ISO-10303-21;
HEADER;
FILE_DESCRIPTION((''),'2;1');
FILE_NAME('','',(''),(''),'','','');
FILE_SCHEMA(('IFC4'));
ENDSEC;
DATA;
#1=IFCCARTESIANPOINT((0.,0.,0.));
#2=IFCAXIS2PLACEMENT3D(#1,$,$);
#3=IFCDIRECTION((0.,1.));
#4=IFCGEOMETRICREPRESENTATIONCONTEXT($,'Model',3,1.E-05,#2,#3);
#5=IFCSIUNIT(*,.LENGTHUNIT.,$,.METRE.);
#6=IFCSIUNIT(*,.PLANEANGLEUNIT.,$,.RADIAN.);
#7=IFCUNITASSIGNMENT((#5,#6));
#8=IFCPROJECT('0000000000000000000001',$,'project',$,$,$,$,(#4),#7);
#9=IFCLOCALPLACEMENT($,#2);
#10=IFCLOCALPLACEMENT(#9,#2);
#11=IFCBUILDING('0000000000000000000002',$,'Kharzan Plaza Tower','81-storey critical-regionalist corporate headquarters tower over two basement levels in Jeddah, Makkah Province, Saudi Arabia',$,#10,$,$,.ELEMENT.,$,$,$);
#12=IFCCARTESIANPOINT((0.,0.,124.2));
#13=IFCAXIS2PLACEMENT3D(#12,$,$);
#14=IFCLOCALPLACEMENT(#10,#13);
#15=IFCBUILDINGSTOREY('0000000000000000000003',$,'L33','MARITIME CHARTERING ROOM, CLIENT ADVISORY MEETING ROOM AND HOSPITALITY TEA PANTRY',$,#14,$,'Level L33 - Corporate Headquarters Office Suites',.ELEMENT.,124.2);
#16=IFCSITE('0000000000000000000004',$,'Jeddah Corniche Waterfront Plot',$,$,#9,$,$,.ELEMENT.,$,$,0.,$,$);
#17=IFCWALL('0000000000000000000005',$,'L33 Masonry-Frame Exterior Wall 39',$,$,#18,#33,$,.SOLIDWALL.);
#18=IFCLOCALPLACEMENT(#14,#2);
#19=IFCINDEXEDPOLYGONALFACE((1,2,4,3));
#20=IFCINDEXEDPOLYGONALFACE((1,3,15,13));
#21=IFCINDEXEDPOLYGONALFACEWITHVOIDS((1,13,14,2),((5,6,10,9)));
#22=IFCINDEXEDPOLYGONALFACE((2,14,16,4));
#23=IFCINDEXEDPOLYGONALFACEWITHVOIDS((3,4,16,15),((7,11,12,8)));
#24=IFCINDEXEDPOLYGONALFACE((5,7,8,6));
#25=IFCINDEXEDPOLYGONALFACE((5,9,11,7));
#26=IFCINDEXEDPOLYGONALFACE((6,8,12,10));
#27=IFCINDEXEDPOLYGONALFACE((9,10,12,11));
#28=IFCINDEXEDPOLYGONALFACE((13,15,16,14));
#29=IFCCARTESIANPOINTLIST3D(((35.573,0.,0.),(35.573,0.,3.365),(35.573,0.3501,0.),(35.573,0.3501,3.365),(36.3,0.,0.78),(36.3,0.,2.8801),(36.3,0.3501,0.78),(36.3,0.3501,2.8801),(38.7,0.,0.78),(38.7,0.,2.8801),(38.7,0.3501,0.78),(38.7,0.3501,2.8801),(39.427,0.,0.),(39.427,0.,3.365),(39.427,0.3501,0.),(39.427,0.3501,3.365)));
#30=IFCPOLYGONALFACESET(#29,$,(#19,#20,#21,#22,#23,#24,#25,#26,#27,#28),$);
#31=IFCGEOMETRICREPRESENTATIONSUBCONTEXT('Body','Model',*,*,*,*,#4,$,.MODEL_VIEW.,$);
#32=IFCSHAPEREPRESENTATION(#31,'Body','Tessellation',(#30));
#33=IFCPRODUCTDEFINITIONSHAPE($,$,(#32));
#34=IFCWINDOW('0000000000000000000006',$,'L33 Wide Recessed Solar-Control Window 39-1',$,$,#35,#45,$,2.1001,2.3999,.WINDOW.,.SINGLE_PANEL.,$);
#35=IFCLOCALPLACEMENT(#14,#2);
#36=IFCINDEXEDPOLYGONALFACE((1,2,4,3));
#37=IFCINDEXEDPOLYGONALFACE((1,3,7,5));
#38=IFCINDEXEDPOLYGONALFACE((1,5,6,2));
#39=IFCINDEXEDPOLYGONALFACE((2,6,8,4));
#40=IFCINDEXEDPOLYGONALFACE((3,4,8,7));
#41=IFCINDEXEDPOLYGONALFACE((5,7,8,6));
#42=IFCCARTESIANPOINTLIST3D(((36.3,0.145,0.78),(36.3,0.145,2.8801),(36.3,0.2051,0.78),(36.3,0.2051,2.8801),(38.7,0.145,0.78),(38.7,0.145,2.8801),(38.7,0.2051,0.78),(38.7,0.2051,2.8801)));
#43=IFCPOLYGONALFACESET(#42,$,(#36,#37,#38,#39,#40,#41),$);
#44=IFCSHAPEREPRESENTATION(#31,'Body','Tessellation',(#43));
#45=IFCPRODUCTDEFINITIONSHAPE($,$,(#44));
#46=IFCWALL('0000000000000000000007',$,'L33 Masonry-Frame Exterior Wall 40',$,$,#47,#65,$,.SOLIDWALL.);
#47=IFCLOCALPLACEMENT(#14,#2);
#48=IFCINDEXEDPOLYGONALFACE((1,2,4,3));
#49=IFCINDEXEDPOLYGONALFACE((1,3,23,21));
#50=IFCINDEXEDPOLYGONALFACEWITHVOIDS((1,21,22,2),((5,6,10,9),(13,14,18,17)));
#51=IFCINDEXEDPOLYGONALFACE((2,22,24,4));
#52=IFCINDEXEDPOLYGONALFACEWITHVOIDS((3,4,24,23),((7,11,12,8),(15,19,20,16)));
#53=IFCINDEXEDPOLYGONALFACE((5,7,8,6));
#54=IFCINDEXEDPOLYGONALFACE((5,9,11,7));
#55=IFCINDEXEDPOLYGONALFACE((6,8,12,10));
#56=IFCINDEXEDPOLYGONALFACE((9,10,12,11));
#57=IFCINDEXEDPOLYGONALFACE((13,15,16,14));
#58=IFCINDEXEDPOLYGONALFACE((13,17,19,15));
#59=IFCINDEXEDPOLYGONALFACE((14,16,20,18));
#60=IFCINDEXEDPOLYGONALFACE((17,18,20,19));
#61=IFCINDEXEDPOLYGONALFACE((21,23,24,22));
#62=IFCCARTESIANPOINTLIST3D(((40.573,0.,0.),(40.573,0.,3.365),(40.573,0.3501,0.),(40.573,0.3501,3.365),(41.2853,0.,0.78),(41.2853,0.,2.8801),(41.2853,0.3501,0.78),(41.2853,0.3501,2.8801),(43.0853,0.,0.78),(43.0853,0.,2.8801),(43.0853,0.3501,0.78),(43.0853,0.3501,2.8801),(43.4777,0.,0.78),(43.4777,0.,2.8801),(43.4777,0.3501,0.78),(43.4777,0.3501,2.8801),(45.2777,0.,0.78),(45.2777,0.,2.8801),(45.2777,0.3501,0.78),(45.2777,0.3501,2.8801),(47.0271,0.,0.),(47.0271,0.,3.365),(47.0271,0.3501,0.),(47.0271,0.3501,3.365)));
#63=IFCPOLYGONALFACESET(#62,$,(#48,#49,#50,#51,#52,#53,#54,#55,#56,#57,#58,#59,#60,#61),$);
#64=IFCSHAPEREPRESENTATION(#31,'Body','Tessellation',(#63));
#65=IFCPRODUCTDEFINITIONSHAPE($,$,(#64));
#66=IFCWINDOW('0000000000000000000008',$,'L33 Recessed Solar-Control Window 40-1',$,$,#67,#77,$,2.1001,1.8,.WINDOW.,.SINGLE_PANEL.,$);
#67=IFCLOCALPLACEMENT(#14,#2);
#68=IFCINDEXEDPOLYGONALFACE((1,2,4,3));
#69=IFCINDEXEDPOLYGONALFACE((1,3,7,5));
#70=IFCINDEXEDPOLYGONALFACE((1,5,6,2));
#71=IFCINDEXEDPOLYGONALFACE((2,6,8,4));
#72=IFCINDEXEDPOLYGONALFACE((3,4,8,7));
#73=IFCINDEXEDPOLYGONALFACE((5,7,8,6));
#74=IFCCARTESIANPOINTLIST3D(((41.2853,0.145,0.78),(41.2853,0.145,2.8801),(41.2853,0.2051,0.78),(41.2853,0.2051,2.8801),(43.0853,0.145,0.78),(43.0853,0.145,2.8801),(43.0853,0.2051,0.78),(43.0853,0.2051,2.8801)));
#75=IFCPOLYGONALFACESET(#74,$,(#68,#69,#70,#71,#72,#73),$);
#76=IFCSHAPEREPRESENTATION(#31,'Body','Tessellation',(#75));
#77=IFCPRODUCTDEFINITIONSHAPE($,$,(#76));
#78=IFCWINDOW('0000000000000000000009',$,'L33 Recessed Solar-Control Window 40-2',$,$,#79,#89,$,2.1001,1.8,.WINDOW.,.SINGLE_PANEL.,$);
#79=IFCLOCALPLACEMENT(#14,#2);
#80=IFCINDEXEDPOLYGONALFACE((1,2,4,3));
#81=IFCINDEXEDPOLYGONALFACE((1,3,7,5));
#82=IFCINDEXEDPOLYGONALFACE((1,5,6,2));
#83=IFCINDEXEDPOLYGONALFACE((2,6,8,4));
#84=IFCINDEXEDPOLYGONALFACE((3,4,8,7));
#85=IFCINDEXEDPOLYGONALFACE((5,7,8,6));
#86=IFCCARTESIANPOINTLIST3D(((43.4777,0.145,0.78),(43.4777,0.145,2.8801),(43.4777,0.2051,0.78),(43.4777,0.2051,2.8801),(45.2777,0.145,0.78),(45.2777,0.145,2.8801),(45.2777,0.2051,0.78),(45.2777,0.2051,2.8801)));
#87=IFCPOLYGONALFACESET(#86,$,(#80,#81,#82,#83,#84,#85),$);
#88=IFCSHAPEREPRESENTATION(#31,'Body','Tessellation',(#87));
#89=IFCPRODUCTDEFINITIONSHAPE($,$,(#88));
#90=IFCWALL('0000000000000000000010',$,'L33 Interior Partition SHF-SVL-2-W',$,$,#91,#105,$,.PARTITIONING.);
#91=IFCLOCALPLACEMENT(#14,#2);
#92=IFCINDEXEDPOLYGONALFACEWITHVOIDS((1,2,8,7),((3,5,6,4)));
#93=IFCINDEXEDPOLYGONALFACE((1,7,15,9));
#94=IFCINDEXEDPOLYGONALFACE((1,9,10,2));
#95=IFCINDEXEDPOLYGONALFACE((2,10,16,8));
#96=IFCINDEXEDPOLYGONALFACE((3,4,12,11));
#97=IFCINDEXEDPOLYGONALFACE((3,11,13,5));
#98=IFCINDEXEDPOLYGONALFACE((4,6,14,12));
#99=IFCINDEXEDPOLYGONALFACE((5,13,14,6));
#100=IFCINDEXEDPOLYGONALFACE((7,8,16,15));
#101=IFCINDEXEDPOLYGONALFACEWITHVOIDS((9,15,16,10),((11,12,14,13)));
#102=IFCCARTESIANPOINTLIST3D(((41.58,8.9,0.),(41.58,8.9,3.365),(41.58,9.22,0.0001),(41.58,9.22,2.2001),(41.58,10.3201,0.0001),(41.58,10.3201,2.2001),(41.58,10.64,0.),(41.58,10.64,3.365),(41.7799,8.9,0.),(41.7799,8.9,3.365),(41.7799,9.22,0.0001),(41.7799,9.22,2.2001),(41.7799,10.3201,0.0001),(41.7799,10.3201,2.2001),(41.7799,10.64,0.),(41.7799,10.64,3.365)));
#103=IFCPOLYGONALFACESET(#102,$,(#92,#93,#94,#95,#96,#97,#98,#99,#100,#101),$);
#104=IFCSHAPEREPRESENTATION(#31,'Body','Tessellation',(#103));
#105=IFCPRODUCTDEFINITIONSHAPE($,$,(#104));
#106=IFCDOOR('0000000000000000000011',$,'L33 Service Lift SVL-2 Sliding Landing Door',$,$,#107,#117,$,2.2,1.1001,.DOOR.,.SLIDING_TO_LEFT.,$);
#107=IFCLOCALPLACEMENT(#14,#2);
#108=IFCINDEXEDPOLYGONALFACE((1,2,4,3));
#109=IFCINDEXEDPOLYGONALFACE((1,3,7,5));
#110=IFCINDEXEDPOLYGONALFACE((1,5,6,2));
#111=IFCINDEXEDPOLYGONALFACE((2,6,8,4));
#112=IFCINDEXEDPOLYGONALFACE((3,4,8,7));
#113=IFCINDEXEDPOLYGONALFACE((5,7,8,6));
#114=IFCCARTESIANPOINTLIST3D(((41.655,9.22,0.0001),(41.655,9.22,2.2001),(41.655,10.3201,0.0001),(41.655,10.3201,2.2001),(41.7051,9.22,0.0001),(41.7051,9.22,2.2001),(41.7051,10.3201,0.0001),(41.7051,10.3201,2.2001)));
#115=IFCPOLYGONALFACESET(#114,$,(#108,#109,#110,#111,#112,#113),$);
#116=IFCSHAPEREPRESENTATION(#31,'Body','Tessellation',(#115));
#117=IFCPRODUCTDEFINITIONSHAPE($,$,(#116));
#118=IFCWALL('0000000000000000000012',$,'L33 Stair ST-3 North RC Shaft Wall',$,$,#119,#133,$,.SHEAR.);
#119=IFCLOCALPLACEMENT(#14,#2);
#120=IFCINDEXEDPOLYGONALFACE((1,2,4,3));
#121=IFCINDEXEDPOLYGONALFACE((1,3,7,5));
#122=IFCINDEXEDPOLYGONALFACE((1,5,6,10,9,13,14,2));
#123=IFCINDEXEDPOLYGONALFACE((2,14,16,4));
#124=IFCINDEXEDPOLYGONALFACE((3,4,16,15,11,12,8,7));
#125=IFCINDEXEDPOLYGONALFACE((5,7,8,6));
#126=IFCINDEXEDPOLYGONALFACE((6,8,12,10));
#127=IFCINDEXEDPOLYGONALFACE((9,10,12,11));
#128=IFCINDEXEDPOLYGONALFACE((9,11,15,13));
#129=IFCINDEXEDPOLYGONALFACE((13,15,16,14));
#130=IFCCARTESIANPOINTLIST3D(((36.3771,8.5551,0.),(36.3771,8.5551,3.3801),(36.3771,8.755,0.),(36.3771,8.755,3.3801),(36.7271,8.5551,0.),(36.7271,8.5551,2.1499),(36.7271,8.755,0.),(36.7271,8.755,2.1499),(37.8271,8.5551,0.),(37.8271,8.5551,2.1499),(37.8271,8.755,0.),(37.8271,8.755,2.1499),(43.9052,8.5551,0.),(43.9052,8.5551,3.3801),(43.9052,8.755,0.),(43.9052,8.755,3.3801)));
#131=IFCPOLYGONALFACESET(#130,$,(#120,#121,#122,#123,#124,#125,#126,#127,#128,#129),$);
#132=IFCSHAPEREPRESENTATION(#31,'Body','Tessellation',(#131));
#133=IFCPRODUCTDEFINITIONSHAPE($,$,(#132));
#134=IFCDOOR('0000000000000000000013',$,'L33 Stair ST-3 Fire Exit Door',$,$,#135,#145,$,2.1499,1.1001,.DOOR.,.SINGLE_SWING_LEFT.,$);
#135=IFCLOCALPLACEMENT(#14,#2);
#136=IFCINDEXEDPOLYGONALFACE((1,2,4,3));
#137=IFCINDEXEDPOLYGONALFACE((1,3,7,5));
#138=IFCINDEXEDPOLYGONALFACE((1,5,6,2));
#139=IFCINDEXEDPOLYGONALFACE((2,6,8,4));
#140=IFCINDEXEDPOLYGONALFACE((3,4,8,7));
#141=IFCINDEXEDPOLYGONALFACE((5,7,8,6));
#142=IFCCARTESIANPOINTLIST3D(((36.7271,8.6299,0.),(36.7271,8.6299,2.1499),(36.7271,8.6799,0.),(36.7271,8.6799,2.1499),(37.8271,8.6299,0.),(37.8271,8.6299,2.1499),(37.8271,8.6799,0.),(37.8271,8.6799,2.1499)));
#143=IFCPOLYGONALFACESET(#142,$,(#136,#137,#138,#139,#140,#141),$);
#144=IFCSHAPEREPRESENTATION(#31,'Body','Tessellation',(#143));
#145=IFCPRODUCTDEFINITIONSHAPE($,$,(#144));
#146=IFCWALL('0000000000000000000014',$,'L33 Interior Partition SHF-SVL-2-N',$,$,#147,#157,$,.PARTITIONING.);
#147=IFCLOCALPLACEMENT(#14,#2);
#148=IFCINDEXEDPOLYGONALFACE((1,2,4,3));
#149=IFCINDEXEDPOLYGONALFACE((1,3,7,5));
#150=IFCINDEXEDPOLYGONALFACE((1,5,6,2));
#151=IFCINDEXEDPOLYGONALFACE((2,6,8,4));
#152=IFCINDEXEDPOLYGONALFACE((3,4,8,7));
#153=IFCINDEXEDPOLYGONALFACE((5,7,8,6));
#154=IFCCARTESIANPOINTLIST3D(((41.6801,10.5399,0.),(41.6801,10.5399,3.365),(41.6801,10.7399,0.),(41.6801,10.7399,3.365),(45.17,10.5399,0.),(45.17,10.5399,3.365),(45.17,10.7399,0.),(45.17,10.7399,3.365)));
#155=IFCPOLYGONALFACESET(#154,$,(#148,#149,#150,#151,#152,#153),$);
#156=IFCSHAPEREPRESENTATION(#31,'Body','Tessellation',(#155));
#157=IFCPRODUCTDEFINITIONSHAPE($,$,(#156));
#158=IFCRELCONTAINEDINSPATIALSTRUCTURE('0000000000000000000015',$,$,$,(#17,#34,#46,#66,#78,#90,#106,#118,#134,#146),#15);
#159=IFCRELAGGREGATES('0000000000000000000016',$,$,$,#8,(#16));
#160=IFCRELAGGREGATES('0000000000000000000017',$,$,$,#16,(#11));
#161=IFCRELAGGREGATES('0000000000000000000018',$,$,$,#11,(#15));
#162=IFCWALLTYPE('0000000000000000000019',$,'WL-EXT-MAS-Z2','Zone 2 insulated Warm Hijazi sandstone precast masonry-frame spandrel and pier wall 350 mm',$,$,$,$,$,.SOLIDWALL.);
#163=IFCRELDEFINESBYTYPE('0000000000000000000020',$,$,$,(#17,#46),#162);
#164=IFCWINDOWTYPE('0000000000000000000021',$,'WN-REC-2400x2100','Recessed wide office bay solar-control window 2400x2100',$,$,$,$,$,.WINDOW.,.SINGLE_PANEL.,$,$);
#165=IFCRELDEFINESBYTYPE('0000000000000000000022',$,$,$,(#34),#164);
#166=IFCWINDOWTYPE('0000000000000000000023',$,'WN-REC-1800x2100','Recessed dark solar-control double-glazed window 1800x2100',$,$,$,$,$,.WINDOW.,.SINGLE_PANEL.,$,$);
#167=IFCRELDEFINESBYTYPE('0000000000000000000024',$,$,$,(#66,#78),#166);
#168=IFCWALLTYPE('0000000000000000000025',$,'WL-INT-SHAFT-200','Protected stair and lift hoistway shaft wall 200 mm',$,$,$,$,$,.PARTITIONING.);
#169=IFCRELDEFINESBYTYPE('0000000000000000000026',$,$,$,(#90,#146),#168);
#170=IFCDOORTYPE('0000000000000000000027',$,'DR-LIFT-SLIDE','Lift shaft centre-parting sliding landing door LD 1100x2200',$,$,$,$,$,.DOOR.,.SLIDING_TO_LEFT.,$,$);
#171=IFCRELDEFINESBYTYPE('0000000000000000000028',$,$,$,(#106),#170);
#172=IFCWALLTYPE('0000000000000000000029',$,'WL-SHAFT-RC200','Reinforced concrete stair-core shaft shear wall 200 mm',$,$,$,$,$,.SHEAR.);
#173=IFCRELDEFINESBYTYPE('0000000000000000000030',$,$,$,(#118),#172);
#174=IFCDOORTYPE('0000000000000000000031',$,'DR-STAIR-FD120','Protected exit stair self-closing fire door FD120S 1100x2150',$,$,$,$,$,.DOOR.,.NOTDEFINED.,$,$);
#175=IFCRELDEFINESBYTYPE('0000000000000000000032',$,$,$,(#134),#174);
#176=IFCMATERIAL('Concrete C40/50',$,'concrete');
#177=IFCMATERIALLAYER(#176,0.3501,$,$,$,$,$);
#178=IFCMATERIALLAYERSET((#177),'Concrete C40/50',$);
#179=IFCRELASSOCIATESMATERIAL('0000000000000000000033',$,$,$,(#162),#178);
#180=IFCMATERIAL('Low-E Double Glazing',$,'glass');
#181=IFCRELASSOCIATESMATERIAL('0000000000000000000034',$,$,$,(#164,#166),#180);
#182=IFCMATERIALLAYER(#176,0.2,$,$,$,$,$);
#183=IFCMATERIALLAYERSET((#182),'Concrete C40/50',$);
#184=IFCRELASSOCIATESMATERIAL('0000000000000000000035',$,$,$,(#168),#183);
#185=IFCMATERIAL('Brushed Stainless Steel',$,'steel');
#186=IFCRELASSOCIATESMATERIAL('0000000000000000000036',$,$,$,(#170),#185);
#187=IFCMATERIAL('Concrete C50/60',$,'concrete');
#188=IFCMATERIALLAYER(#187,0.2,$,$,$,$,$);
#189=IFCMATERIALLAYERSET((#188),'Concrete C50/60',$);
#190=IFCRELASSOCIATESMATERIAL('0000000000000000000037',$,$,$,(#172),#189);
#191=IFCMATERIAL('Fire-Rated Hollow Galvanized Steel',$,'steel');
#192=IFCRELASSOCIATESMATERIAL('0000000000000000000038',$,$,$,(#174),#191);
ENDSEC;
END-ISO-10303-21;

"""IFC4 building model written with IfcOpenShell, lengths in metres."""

from ifc_helpers import new_model, si_unit, direction, frame, frame_2d, origin, place, context, subcontext, project, spatial, rectangle, extrude, source, transform, mapped, material, layer, layer_set, type_object, element, fill, save


model = new_model("IFC4")

# Units and contexts
model_context = context("Model", 3, precision=1e-05, world=origin(), true_north=direction((0.0, 1.0)))
body_context = subcontext(model_context, "Body", "Model", "MODEL_VIEW")
ifc_project = project(units=[si_unit("LENGTHUNIT", "METRE"), si_unit("PLANEANGLEUNIT", "RADIAN")], contexts=[model_context])

# Site, building, storey
site_placement = place(None, origin())
site = spatial("IfcSite", under=ifc_project, at=site_placement, Name="Jeddah Corniche Waterfront Plot", CompositionType="ELEMENT", RefElevation=0.0)
building_placement = place(site_placement, origin())
building = spatial("IfcBuilding", under=site, at=building_placement, Name="Kharzan Plaza Tower", Description="81-storey critical-regionalist corporate headquarters tower over two basement levels in Jeddah, Makkah Province, Saudi Arabia", CompositionType="ELEMENT")
storey_placement = place(building_placement, frame((0.0, 0.0, 124.2)))
storey = spatial("IfcBuildingStorey", under=building, at=storey_placement, Name="L33", Description="MARITIME CHARTERING ROOM, CLIENT ADVISORY MEETING ROOM AND HOSPITALITY TEA PANTRY", LongName="Level L33 - Corporate Headquarters Office Suites", CompositionType="ELEMENT", Elevation=124.2)

# Wall, opening, window
ifc_material_1 = material(Name="Concrete C40/50", Category="concrete")
ifc_layer_1 = layer(ifc_material_1, 0.3501)
ifc_layer_set_1 = layer_set([ifc_layer_1], Name="Concrete C40/50")
wall_type_1 = type_object("IfcWallType", Name="WL-EXT-MAS-Z2", Description="Zone 2 insulated Warm Hijazi sandstone precast masonry-frame spandrel and pier wall 350 mm", PredefinedType="SOLIDWALL", material=ifc_layer_set_1)
wall_1_placement = place(storey_placement, frame((35.573, 0.175, 0.0), z_axis=(0.0, 0.0, 1.0), x_axis=(1.0, 0.0, 0.0)))
wall_1 = element("IfcWall", 1, at=wall_1_placement, inside=storey, type_object=wall_type_1, Name="L33 Masonry-Frame Exterior Wall 39", PredefinedType="SOLIDWALL", context=body_context, shape_type="SweptSolid", body=[
    extrude(rectangle(XDim=3.854, YDim=0.3501, at=frame_2d((1.927, 0.0))), origin(), (0.0, 0.0, 1.0), 3.365),
])
opening_1_placement = place(wall_1_placement, frame((0.7271, 0.0, 0.78)))
opening_1 = element("IfcOpeningElement", 2, at=opening_1_placement, cuts=wall_1, PredefinedType="OPENING", context=body_context, shape_type="SweptSolid", body=[
    extrude(rectangle(XDim=2.3999, YDim=2.1001, at=frame_2d((1.2, 1.05))), frame((0.0, 0.1851, 0.0), z_axis=(0.0, -1.0, 0.0), x_axis=(1.0, 0.0, 0.0)), (0.0, 0.0, 1.0), 0.3701),
])
ifc_material_2 = material(Name="Low-E Double Glazing", Category="glass")
window_type_1 = type_object("IfcWindowType", Name="WN-REC-2400x2100", Description="Recessed wide office bay solar-control window 2400x2100", PartitioningType="SINGLE_PANEL", PredefinedType="WINDOW", material=ifc_material_2)
shared_shape_1 = source(origin(), body_context, "Body", "SweptSolid", [
    extrude(rectangle(XDim=2.3999, YDim=2.1001, at=frame_2d((1.2, 1.05))), frame((0.0, 0.03, 0.0), z_axis=(0.0, -1.0, 0.0), x_axis=(1.0, 0.0, 0.0)), (0.0, 0.0, 1.0), 0.0601),
])
window_1_placement = place(opening_1_placement, origin())
window_1 = element("IfcWindow", 3, at=window_1_placement, inside=storey, type_object=window_type_1, Name="L33 Wide Recessed Solar-Control Window 39-1", OverallHeight=2.1001, OverallWidth=2.3999, PartitioningType="SINGLE_PANEL", PredefinedType="WINDOW", context=body_context, shape_type="MappedRepresentation", body=[
    mapped(shared_shape_1, transform((0.0, 0.0, 0.0), x_axis=(1.0, 0.0, 0.0), y_axis=(0.0, 1.0, 0.0), z_axis=(0.0, 0.0, 1.0))),
])
fill(opening_1, window_1)

# Wall, openings, windows
wall_2_placement = place(storey_placement, frame((40.573, 0.175, 0.0), z_axis=(0.0, 0.0, 1.0), x_axis=(1.0, 0.0, 0.0)))
wall_2 = element("IfcWall", 4, at=wall_2_placement, inside=storey, type_object=wall_type_1, Name="L33 Masonry-Frame Exterior Wall 40", PredefinedType="SOLIDWALL", context=body_context, shape_type="SweptSolid", body=[
    extrude(rectangle(XDim=6.4541, YDim=0.3501, at=frame_2d((3.2271, 0.0))), origin(), (0.0, 0.0, 1.0), 3.365),
])
opening_2_placement = place(wall_2_placement, frame((0.7124, 0.0, 0.78)))
opening_2 = element("IfcOpeningElement", 5, at=opening_2_placement, cuts=wall_2, PredefinedType="OPENING", context=body_context, shape_type="SweptSolid", body=[
    extrude(rectangle(XDim=1.8, YDim=2.1001, at=frame_2d((0.8999, 1.05))), frame((0.0, 0.1851, 0.0), z_axis=(0.0, -1.0, 0.0), x_axis=(1.0, 0.0, 0.0)), (0.0, 0.0, 1.0), 0.3701),
])
opening_3_placement = place(wall_2_placement, frame((2.9048, 0.0, 0.78)))
opening_3 = element("IfcOpeningElement", 6, at=opening_3_placement, cuts=wall_2, PredefinedType="OPENING", context=body_context, shape_type="SweptSolid", body=[
    extrude(rectangle(XDim=1.8, YDim=2.1001, at=frame_2d((0.8999, 1.05))), frame((0.0, 0.1851, 0.0), z_axis=(0.0, -1.0, 0.0), x_axis=(1.0, 0.0, 0.0)), (0.0, 0.0, 1.0), 0.3701),
])
window_type_2 = type_object("IfcWindowType", Name="WN-REC-1800x2100", Description="Recessed dark solar-control double-glazed window 1800x2100", PartitioningType="SINGLE_PANEL", PredefinedType="WINDOW", material=ifc_material_2)
shared_shape_2 = source(origin(), body_context, "Body", "SweptSolid", [
    extrude(rectangle(XDim=1.8, YDim=2.1001, at=frame_2d((0.8999, 1.05))), frame((0.0, 0.03, 0.0), z_axis=(0.0, -1.0, 0.0), x_axis=(1.0, 0.0, 0.0)), (0.0, 0.0, 1.0), 0.0601),
])
window_2_placement = place(opening_2_placement, origin())
window_2 = element("IfcWindow", 7, at=window_2_placement, inside=storey, type_object=window_type_2, Name="L33 Recessed Solar-Control Window 40-1", OverallHeight=2.1001, OverallWidth=1.8, PartitioningType="SINGLE_PANEL", PredefinedType="WINDOW", context=body_context, shape_type="MappedRepresentation", body=[
    mapped(shared_shape_2, transform((0.0, 0.0, 0.0), x_axis=(1.0, 0.0, 0.0), y_axis=(0.0, 1.0, 0.0), z_axis=(0.0, 0.0, 1.0))),
])
fill(opening_2, window_2)
window_3_placement = place(opening_3_placement, origin())
window_3 = element("IfcWindow", 8, at=window_3_placement, inside=storey, type_object=window_type_2, Name="L33 Recessed Solar-Control Window 40-2", OverallHeight=2.1001, OverallWidth=1.8, PartitioningType="SINGLE_PANEL", PredefinedType="WINDOW", context=body_context, shape_type="MappedRepresentation", body=[
    mapped(shared_shape_2, transform((0.0, 0.0, 0.0), x_axis=(1.0, 0.0, 0.0), y_axis=(0.0, 1.0, 0.0), z_axis=(0.0, 0.0, 1.0))),
])
fill(opening_3, window_3)

# Walls, openings, doors
ifc_layer_2 = layer(ifc_material_1, 0.2)
ifc_layer_set_2 = layer_set([ifc_layer_2], Name="Concrete C40/50")
wall_type_2 = type_object("IfcWallType", Name="WL-INT-SHAFT-200", Description="Protected stair and lift hoistway shaft wall 200 mm", PredefinedType="PARTITIONING", material=ifc_layer_set_2)
wall_3_placement = place(storey_placement, frame((41.6799, 8.8999, 0.0), z_axis=(0.0, 0.0, 1.0), x_axis=(0.0, 1.0, 0.0)))
wall_3 = element("IfcWall", 9, at=wall_3_placement, inside=storey, type_object=wall_type_2, Name="L33 Interior Partition SHF-SVL-2-W", PredefinedType="PARTITIONING", context=body_context, shape_type="SweptSolid", body=[
    extrude(rectangle(XDim=1.74, YDim=0.2, at=frame_2d((0.8701, 0.0))), origin(), (0.0, 0.0, 1.0), 3.365),
])
opening_4_placement = place(wall_3_placement, frame((0.3201, 0.0, 0.0)))
opening_4 = element("IfcOpeningElement", 10, at=opening_4_placement, cuts=wall_3, PredefinedType="OPENING", context=body_context, shape_type="SweptSolid", body=[
    extrude(rectangle(XDim=1.1001, YDim=2.2, at=frame_2d((0.55, 1.1001))), frame((0.0, 0.1099, 0.0), z_axis=(0.0, -1.0, 0.0), x_axis=(1.0, 0.0, 0.0)), (0.0, 0.0, 1.0), 0.22),
])
ifc_material_3 = material(Name="Brushed Stainless Steel", Category="steel")
door_type_1 = type_object("IfcDoorType", Name="DR-LIFT-SLIDE", Description="Lift shaft centre-parting sliding landing door LD 1100x2200", OperationType="SLIDING_TO_LEFT", PredefinedType="DOOR", material=ifc_material_3)
shared_shape_3 = source(origin(), body_context, "Body", "SweptSolid", [
    extrude(rectangle(XDim=1.1001, YDim=2.2, at=frame_2d((0.55, 1.1001))), frame((0.0, 0.0249, 0.0), z_axis=(0.0, -1.0, 0.0), x_axis=(1.0, 0.0, 0.0)), (0.0, 0.0, 1.0), 0.05),
])
door_1_placement = place(opening_4_placement, origin())
door_1 = element("IfcDoor", 11, at=door_1_placement, inside=storey, type_object=door_type_1, Name="L33 Service Lift SVL-2 Sliding Landing Door", OperationType="SLIDING_TO_LEFT", OverallHeight=2.2, OverallWidth=1.1001, PredefinedType="DOOR", context=body_context, shape_type="MappedRepresentation", body=[
    mapped(shared_shape_3, transform((0.0, 0.0, 0.0), x_axis=(1.0, 0.0, 0.0), y_axis=(0.0, 1.0, 0.0), z_axis=(0.0, 0.0, 1.0))),
])
fill(opening_4, door_1)
ifc_material_4 = material(Name="Concrete C50/60", Category="concrete")
ifc_layer_3 = layer(ifc_material_4, 0.2)
ifc_layer_set_3 = layer_set([ifc_layer_3], Name="Concrete C50/60")
wall_type_3 = type_object("IfcWallType", Name="WL-SHAFT-RC200", Description="Reinforced concrete stair-core shaft shear wall 200 mm", PredefinedType="SHEAR", material=ifc_layer_set_3)
wall_4_placement = place(storey_placement, frame((36.377, 8.655, 0.0), z_axis=(0.0, 0.0, 1.0), x_axis=(1.0, 0.0, 0.0)))
wall_4 = element("IfcWall", 12, at=wall_4_placement, inside=storey, type_object=wall_type_3, Name="L33 Stair ST-3 North RC Shaft Wall", PredefinedType="SHEAR", context=body_context, shape_type="SweptSolid", body=[
    extrude(rectangle(XDim=7.5281, YDim=0.2, at=frame_2d((3.7642, 0.0))), origin(), (0.0, 0.0, 1.0), 3.3801),
])
opening_5_placement = place(wall_4_placement, frame((0.3501, 0.0, 0.0)))
opening_5 = element("IfcOpeningElement", 13, at=opening_5_placement, cuts=wall_4, PredefinedType="OPENING", context=body_context, shape_type="SweptSolid", body=[
    extrude(rectangle(XDim=1.1001, YDim=2.1499, at=frame_2d((0.55, 1.075))), frame((0.0, 0.1099, 0.0), z_axis=(0.0, -1.0, 0.0), x_axis=(1.0, 0.0, 0.0)), (0.0, 0.0, 1.0), 0.22),
])
ifc_material_5 = material(Name="Fire-Rated Hollow Galvanized Steel", Category="steel")
door_type_2 = type_object("IfcDoorType", Name="DR-STAIR-FD120", Description="Protected exit stair self-closing fire door FD120S 1100x2150", OperationType="NOTDEFINED", PredefinedType="DOOR", material=ifc_material_5)
shared_shape_4 = source(origin(), body_context, "Body", "SweptSolid", [
    extrude(rectangle(XDim=1.1001, YDim=2.1499, at=frame_2d((0.55, 1.075))), frame((0.0, 0.0249, 0.0), z_axis=(0.0, -1.0, 0.0), x_axis=(1.0, 0.0, 0.0)), (0.0, 0.0, 1.0), 0.05),
])
door_2_placement = place(opening_5_placement, origin())
door_2 = element("IfcDoor", 14, at=door_2_placement, inside=storey, type_object=door_type_2, Name="L33 Stair ST-3 Fire Exit Door", OperationType="SINGLE_SWING_LEFT", OverallHeight=2.1499, OverallWidth=1.1001, PredefinedType="DOOR", context=body_context, shape_type="MappedRepresentation", body=[
    mapped(shared_shape_4, transform((0.0, 0.0, 0.0), x_axis=(1.0, 0.0, 0.0), y_axis=(0.0, 1.0, 0.0), z_axis=(0.0, 0.0, 1.0))),
])
fill(opening_5, door_2)

# Wall
shared_shape_5 = source(origin(), body_context, "Body", "SweptSolid", [
    extrude(rectangle(XDim=3.49, YDim=0.2, at=frame_2d((1.7451, 0.0))), origin(), (0.0, 0.0, 1.0), 3.365),
])
wall_5_placement = place(storey_placement, frame((41.6799, 10.6399, 0.0), z_axis=(0.0, 0.0, 1.0), x_axis=(1.0, 0.0, 0.0)))
element("IfcWall", 15, at=wall_5_placement, inside=storey, type_object=wall_type_2, Name="L33 Interior Partition SHF-SVL-2-N", PredefinedType="PARTITIONING", context=body_context, shape_type="MappedRepresentation", body=[
    mapped(shared_shape_5, transform((0.0, 0.0, 0.0), x_axis=(1.0, 0.0, 0.0), y_axis=(0.0, 1.0, 0.0), z_axis=(0.0, 0.0, 1.0))),
])

save(model, "model.ifc")
